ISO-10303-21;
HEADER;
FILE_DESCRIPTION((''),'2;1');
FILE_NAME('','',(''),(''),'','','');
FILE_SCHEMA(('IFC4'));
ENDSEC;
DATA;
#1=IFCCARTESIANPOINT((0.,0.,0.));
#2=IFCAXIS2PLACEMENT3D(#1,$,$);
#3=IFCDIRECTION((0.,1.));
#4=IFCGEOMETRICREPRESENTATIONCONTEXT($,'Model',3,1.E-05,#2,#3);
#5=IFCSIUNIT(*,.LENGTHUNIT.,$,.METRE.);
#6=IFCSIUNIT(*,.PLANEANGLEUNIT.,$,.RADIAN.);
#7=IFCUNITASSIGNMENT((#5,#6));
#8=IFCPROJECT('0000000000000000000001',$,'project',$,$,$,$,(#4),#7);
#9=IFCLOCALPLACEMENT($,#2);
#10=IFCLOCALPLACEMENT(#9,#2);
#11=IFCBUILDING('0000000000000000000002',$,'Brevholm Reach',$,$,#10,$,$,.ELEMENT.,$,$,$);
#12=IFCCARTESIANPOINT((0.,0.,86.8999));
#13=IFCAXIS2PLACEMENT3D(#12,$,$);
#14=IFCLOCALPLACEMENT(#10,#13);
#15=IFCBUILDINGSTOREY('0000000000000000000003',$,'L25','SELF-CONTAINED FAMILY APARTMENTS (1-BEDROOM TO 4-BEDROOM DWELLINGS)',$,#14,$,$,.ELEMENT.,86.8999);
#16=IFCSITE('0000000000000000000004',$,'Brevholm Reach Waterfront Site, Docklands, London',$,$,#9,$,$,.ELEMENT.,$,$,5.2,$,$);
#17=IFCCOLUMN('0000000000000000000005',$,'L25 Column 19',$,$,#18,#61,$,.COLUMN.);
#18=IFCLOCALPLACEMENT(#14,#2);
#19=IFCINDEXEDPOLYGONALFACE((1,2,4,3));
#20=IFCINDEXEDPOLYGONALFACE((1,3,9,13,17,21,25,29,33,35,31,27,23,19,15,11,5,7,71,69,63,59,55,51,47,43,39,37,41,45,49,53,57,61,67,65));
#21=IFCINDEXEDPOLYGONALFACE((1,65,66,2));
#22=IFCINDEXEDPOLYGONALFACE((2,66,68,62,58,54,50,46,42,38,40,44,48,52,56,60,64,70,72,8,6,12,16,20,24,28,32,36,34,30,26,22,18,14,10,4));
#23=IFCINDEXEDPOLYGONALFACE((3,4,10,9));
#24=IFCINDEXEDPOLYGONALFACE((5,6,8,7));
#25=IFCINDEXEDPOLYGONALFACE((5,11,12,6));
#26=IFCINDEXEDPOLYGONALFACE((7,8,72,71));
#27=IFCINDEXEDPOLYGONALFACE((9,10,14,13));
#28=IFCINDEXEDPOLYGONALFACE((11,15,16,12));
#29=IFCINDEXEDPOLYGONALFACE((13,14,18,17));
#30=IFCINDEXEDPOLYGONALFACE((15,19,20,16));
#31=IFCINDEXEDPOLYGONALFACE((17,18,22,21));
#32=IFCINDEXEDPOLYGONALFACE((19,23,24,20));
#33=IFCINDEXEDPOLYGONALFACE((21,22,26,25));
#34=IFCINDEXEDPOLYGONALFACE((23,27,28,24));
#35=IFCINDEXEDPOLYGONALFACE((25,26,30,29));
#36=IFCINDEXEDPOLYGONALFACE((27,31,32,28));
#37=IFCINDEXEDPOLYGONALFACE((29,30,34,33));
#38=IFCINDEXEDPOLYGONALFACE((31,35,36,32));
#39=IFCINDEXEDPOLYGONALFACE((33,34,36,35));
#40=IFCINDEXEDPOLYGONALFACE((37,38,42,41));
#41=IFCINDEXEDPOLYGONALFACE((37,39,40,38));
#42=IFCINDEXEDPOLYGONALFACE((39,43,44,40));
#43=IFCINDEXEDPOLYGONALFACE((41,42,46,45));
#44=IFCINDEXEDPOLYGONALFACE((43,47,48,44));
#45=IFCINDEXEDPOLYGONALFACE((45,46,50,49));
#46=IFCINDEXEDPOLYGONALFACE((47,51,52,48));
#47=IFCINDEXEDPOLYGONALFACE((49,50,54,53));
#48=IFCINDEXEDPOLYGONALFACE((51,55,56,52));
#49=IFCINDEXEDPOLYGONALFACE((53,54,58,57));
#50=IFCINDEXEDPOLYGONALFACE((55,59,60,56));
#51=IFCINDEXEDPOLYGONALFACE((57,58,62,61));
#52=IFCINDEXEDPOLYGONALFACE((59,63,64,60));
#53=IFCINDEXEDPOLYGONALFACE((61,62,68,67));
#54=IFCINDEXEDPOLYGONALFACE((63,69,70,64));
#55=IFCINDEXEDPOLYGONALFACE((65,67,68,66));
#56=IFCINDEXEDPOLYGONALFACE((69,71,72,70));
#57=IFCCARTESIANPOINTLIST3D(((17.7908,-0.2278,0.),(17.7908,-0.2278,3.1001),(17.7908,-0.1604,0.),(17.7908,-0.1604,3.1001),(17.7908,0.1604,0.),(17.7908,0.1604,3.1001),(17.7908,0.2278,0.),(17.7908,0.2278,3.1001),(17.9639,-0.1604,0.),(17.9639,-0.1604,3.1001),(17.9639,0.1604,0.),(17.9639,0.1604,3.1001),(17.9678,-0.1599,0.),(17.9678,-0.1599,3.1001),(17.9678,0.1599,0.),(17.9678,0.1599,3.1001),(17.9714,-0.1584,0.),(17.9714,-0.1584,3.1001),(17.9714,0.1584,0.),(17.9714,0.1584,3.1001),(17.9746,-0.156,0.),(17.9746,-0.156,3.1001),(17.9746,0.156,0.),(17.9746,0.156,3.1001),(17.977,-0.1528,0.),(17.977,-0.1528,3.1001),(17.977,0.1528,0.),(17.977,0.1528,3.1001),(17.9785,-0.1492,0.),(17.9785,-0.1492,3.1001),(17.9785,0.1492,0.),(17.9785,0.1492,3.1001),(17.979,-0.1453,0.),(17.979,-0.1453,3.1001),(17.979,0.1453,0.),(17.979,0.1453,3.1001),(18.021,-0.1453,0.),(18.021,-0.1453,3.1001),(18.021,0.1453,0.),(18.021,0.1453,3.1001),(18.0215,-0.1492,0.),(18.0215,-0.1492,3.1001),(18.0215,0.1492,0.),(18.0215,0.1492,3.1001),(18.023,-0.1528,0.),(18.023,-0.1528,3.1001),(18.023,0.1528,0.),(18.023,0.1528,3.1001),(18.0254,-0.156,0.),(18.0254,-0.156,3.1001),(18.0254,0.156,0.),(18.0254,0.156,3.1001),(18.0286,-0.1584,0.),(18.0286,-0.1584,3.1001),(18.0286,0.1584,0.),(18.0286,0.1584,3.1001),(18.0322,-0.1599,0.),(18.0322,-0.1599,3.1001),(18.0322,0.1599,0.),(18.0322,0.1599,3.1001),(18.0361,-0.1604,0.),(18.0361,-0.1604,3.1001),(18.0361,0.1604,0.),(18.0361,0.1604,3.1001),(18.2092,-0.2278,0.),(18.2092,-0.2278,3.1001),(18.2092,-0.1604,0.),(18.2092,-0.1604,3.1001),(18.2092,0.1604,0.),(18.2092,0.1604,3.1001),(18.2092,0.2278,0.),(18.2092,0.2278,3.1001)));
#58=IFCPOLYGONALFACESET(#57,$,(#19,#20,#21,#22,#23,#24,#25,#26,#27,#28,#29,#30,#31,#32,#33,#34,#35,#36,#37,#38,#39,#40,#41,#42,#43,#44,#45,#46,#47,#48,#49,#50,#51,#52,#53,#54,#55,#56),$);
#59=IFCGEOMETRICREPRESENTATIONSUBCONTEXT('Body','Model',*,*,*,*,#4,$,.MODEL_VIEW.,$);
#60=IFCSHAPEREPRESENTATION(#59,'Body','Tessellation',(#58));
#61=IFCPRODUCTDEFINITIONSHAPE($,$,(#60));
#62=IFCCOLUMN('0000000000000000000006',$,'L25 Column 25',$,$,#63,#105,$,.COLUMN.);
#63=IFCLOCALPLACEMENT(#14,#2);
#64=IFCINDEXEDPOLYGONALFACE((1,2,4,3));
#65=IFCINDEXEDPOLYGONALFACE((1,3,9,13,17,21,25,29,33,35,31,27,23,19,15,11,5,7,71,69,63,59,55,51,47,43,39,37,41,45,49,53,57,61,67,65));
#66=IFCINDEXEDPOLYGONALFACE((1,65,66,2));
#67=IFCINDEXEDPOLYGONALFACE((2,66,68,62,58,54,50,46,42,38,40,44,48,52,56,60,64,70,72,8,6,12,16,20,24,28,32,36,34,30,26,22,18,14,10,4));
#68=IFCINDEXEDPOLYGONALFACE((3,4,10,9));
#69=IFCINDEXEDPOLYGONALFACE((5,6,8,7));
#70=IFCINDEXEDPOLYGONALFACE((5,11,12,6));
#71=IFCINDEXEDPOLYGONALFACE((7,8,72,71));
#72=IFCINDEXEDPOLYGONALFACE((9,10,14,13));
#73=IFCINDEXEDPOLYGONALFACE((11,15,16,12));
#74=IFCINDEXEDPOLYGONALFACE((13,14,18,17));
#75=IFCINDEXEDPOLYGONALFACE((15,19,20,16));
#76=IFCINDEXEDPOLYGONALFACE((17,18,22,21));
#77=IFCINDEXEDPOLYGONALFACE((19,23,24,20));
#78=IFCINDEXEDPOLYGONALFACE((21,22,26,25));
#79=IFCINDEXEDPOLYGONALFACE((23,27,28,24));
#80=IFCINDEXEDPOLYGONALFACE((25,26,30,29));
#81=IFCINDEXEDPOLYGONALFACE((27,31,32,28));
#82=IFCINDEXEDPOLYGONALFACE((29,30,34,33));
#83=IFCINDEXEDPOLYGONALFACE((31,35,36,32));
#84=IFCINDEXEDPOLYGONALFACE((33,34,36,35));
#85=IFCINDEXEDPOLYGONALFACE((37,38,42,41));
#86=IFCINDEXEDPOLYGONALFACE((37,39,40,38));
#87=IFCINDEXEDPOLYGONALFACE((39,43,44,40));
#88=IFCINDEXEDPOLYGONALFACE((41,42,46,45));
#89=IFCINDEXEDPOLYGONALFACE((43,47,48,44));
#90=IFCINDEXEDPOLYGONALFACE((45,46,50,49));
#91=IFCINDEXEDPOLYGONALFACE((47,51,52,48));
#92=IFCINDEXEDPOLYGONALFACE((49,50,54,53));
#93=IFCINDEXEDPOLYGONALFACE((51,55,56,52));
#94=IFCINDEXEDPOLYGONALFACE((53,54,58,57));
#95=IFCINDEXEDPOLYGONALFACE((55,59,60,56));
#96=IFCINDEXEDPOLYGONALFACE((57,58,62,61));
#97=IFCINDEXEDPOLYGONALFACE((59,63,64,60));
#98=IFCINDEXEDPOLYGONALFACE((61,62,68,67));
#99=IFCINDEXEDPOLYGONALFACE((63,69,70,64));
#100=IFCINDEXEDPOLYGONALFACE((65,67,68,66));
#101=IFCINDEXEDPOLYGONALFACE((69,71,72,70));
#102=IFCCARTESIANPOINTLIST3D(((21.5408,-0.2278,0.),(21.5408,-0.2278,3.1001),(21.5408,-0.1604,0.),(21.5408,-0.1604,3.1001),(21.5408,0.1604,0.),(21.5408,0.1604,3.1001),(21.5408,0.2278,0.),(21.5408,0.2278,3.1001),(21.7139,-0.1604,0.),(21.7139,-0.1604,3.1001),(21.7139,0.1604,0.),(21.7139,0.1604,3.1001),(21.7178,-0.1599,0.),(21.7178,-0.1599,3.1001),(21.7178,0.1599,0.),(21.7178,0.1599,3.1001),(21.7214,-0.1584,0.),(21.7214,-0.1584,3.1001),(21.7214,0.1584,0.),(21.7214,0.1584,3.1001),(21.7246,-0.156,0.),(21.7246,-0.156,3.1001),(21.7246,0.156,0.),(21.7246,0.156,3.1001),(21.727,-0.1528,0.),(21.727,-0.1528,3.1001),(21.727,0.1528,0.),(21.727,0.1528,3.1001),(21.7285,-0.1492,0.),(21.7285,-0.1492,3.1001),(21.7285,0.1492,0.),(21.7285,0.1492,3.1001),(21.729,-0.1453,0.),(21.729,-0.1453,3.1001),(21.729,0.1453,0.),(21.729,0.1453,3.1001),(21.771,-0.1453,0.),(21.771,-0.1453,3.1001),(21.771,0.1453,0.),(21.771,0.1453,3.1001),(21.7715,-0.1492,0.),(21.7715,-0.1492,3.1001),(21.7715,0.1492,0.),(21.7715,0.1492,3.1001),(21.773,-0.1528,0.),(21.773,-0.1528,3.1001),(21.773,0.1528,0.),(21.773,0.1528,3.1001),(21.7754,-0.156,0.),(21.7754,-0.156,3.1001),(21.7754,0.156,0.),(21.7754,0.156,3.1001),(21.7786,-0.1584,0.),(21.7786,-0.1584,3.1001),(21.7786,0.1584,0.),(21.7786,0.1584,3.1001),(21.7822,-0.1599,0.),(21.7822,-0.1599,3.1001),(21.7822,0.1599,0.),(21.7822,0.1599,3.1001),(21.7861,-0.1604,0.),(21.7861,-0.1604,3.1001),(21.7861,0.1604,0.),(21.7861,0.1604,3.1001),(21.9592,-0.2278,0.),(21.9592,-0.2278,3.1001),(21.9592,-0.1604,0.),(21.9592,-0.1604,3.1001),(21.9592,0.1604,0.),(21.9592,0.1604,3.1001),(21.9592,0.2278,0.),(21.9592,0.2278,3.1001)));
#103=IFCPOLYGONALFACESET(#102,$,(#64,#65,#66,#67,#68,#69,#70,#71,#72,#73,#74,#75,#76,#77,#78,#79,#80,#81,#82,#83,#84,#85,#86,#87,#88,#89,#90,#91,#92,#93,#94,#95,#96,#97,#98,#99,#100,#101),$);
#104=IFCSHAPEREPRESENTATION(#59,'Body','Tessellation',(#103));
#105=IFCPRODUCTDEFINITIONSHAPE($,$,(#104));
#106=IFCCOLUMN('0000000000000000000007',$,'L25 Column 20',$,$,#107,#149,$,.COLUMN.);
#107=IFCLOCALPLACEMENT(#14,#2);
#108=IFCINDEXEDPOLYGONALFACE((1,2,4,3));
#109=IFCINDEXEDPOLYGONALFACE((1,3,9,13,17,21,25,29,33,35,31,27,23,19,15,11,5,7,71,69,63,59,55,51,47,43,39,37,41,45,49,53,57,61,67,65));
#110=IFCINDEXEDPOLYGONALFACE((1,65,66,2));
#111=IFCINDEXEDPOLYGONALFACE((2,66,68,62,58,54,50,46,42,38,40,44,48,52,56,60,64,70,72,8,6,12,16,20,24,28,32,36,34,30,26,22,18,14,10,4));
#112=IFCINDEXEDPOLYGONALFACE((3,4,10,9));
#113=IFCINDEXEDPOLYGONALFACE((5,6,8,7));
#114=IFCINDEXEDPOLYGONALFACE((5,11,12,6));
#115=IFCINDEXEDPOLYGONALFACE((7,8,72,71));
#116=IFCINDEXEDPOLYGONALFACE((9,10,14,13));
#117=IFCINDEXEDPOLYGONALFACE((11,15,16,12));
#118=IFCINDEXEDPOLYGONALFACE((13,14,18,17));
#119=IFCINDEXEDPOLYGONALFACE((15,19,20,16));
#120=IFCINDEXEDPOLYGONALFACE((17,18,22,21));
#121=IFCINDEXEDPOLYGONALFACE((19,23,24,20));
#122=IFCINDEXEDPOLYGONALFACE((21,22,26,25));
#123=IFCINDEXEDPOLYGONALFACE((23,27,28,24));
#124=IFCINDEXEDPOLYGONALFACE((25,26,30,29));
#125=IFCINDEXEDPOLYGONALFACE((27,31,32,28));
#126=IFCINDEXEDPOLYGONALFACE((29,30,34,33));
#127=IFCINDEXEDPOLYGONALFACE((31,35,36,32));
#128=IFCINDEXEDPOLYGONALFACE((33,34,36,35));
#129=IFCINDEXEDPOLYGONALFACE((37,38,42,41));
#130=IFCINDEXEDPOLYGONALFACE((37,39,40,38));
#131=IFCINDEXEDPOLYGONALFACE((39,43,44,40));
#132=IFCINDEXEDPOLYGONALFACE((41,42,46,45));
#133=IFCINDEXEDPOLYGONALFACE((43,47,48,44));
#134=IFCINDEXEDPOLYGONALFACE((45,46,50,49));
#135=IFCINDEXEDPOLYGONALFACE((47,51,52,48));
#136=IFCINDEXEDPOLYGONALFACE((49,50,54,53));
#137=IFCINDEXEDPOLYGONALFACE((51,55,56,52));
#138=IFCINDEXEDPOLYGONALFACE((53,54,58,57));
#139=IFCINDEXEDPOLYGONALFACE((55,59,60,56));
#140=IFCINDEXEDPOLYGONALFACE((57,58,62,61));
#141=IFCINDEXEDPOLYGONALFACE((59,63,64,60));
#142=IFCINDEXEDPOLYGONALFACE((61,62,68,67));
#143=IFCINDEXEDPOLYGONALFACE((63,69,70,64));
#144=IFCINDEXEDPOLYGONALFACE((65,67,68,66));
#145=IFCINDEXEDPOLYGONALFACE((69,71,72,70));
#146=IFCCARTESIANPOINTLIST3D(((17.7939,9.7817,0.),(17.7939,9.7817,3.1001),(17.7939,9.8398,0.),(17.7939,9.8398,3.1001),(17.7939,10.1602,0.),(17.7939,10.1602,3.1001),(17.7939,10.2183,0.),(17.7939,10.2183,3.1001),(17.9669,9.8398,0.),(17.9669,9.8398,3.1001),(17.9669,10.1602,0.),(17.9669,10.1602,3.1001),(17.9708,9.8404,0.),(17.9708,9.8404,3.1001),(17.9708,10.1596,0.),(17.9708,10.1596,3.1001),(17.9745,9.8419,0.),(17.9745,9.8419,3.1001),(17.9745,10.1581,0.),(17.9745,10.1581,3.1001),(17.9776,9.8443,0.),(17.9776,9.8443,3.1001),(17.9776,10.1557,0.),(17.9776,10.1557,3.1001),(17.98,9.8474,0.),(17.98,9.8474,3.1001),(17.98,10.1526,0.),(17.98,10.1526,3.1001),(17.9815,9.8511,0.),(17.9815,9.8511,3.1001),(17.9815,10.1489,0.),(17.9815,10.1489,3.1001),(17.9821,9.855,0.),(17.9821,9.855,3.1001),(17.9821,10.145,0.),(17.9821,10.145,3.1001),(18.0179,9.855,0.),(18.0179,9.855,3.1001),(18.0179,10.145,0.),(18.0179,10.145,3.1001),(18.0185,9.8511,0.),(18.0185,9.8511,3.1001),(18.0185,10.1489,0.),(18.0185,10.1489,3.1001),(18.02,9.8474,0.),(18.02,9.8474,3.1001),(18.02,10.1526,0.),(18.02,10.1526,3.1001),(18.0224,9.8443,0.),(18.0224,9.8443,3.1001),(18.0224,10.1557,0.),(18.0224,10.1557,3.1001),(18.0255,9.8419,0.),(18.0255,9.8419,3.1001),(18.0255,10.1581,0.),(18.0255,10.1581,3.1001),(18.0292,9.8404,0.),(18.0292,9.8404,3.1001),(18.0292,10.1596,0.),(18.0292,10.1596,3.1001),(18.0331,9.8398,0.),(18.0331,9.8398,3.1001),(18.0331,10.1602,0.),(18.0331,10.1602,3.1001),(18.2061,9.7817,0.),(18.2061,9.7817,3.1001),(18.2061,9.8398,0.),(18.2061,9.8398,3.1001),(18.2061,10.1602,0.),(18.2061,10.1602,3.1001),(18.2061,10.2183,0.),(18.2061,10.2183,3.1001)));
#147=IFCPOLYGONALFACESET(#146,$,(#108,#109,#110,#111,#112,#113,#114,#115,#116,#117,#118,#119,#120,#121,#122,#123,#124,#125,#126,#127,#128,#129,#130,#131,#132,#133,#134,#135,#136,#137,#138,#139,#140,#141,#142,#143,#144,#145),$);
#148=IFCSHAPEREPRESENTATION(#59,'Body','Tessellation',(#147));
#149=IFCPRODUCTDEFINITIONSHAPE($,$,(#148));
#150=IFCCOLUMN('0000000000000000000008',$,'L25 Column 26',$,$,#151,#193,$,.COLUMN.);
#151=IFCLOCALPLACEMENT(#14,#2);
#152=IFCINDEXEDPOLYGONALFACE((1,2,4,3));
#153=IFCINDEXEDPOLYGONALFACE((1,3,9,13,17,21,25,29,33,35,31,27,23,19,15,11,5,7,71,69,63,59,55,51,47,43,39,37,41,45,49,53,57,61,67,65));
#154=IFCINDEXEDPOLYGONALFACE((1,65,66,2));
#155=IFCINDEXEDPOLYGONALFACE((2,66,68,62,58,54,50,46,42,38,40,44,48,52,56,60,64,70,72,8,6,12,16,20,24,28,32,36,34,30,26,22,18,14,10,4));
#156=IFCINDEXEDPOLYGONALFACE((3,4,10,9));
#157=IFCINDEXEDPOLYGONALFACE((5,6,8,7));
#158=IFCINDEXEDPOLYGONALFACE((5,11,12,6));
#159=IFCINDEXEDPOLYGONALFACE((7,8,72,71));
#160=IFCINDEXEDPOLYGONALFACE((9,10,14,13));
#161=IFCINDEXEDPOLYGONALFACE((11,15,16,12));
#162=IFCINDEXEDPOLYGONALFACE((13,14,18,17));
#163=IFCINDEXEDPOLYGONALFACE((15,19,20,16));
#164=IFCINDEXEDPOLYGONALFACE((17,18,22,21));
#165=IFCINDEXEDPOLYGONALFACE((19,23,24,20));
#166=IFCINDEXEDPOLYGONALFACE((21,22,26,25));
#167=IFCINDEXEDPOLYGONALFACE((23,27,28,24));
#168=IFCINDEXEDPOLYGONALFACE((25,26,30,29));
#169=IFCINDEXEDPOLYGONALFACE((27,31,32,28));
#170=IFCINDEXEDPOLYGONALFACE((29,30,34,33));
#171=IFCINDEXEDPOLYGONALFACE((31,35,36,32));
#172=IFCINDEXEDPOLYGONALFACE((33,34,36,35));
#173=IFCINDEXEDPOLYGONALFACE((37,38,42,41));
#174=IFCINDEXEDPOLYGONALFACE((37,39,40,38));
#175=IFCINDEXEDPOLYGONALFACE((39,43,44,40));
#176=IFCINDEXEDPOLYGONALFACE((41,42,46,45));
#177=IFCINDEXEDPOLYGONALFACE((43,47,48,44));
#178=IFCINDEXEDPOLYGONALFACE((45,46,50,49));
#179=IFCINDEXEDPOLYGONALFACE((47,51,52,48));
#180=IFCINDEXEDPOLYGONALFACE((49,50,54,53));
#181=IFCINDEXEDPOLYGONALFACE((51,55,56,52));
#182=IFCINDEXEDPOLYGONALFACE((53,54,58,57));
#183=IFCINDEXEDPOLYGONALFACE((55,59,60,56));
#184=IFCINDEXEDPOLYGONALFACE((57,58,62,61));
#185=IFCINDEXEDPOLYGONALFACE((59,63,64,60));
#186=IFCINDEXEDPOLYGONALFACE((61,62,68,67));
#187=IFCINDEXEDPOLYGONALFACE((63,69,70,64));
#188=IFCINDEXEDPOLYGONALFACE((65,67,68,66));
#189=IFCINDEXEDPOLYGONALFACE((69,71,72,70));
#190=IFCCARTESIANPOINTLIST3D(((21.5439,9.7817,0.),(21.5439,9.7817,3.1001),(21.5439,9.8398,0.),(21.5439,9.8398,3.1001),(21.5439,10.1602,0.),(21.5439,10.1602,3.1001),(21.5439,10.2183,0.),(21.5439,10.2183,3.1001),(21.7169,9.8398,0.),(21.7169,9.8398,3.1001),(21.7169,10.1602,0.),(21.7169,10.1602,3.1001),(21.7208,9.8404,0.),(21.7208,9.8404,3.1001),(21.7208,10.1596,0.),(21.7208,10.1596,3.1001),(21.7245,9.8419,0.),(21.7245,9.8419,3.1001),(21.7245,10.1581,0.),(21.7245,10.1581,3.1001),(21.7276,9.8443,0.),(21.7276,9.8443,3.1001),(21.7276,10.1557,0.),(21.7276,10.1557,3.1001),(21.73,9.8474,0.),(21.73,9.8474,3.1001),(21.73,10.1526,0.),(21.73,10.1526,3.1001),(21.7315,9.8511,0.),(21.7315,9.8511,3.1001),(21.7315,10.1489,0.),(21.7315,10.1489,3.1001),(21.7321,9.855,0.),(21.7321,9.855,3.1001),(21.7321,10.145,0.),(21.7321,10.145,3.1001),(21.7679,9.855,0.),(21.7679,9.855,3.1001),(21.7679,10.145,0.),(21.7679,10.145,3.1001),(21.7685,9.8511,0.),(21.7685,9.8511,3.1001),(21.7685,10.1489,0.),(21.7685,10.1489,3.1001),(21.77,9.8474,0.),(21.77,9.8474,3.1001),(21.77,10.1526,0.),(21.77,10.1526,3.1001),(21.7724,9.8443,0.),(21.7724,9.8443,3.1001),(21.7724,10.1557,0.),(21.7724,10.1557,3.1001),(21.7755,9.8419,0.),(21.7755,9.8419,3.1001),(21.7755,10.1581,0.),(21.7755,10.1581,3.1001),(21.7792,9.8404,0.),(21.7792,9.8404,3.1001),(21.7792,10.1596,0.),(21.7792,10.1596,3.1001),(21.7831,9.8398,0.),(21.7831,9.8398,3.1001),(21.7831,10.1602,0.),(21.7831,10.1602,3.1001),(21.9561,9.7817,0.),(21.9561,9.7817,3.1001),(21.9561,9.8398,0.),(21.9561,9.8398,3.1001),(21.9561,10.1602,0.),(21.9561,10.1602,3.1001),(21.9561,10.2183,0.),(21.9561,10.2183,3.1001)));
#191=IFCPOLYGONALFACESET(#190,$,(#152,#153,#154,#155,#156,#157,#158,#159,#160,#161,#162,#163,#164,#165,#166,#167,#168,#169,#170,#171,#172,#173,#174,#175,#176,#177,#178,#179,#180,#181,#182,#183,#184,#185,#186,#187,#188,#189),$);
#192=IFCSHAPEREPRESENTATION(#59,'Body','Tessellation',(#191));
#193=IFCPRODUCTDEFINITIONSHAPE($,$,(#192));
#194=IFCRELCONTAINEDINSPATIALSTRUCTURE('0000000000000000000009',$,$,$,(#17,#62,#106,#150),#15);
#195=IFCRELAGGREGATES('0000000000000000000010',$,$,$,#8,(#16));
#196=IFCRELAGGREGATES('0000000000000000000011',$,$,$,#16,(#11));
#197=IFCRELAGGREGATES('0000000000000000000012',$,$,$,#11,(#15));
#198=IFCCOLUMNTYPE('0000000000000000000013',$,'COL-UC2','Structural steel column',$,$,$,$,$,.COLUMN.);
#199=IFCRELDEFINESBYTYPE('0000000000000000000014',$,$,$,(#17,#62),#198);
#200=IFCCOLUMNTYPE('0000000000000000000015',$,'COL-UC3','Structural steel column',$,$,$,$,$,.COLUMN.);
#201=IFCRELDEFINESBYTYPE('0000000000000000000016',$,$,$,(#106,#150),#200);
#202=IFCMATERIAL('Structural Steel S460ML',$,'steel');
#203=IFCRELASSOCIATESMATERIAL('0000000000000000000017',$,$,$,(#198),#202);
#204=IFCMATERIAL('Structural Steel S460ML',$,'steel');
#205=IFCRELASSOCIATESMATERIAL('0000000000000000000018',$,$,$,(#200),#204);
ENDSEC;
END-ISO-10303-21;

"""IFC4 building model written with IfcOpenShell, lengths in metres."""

from ifc_helpers import new_model, si_unit, direction, frame, origin, origin_2d, place, context, subcontext, project, spatial, i_section, extrude, material, material_profile, profile_set, type_object, element, save


model = new_model("IFC4")

# Units and contexts
model_context = context("Model", 3, precision=1e-05, world=origin(), true_north=direction((0.0, 1.0)))
body_context = subcontext(model_context, "Body", "Model", "MODEL_VIEW")
ifc_project = project(units=[si_unit("LENGTHUNIT", "METRE"), si_unit("PLANEANGLEUNIT", "RADIAN")], contexts=[model_context])

# Site, building, storey
site_placement = place(None, origin())
site = spatial("IfcSite", under=ifc_project, at=site_placement, Name="Brevholm Reach Waterfront Site, Docklands, London", CompositionType="ELEMENT", RefElevation=5.2)
building_placement = place(site_placement, origin())
building = spatial("IfcBuilding", under=site, at=building_placement, Name="Brevholm Reach", CompositionType="ELEMENT")
storey_placement = place(building_placement, frame((0.0, 0.0, 86.8999)))
storey = spatial("IfcBuildingStorey", under=building, at=storey_placement, Name="L25", Description="SELF-CONTAINED FAMILY APARTMENTS (1-BEDROOM TO 4-BEDROOM DWELLINGS)", CompositionType="ELEMENT", Elevation=86.8999)

# Columns
ifc_material_1 = material(Name="Structural Steel S460ML", Category="steel")
ifc_material_profile_1 = material_profile(ifc_material_1, i_section(OverallWidth=0.4185, OverallDepth=0.4556, WebThickness=0.042, FlangeThickness=0.0674, FilletRadius=0.0151, at=origin_2d()), Name="UKC 356x406x551")
ifc_profile_set_1 = profile_set([ifc_material_profile_1], Name="Structural Steel S460ML")
column_type_1 = type_object("IfcColumnType", Name="COL-UC2", Description="Structural steel column", PredefinedType="COLUMN", material=ifc_profile_set_1)
for number, where, z_axis, x_axis, name in (
    (1, (18.0, 0.0, 0.0), (0.0, 0.0, 1.0), (1.0, 0.0, 0.0), "L25 Column 19"),
    (2, (21.75, 0.0, 0.0), (0.0, 0.0, 1.0), (1.0, 0.0, 0.0), "L25 Column 25"),
):
    element("IfcColumn", number, at=place(storey_placement, frame(where, z_axis=z_axis, x_axis=x_axis)), inside=storey, type_object=column_type_1, Name=name, PredefinedType="COLUMN", context=body_context, shape_type="SweptSolid", body=[
        extrude(i_section(OverallWidth=0.4185, OverallDepth=0.4556, WebThickness=0.042, FlangeThickness=0.0674, FilletRadius=0.0151, at=origin_2d()), origin(), (0.0, 0.0, 1.0), 3.1001),
    ])
ifc_material_2 = material(Name="Structural Steel S460ML", Category="steel")
ifc_material_profile_2 = material_profile(ifc_material_2, i_section(OverallWidth=0.4121, OverallDepth=0.4365, WebThickness=0.0359, FlangeThickness=0.0581, FilletRadius=0.0151, at=origin_2d()), Name="UKC 356x406x467")
ifc_profile_set_2 = profile_set([ifc_material_profile_2], Name="Structural Steel S460ML")
column_type_2 = type_object("IfcColumnType", Name="COL-UC3", Description="Structural steel column", PredefinedType="COLUMN", material=ifc_profile_set_2)
for number, where, z_axis, x_axis, name in (
    (3, (18.0, 10.0, 0.0), (0.0, 0.0, 1.0), (1.0, 0.0, 0.0), "L25 Column 20"),
    (4, (21.75, 10.0, 0.0), (0.0, 0.0, 1.0), (1.0, 0.0, 0.0), "L25 Column 26"),
):
    element("IfcColumn", number, at=place(storey_placement, frame(where, z_axis=z_axis, x_axis=x_axis)), inside=storey, type_object=column_type_2, Name=name, PredefinedType="COLUMN", context=body_context, shape_type="SweptSolid", body=[
        extrude(i_section(OverallWidth=0.4121, OverallDepth=0.4365, WebThickness=0.0359, FlangeThickness=0.0581, FilletRadius=0.0151, at=origin_2d()), origin(), (0.0, 0.0, 1.0), 3.1001),
    ])

save(model, "model.ifc")
